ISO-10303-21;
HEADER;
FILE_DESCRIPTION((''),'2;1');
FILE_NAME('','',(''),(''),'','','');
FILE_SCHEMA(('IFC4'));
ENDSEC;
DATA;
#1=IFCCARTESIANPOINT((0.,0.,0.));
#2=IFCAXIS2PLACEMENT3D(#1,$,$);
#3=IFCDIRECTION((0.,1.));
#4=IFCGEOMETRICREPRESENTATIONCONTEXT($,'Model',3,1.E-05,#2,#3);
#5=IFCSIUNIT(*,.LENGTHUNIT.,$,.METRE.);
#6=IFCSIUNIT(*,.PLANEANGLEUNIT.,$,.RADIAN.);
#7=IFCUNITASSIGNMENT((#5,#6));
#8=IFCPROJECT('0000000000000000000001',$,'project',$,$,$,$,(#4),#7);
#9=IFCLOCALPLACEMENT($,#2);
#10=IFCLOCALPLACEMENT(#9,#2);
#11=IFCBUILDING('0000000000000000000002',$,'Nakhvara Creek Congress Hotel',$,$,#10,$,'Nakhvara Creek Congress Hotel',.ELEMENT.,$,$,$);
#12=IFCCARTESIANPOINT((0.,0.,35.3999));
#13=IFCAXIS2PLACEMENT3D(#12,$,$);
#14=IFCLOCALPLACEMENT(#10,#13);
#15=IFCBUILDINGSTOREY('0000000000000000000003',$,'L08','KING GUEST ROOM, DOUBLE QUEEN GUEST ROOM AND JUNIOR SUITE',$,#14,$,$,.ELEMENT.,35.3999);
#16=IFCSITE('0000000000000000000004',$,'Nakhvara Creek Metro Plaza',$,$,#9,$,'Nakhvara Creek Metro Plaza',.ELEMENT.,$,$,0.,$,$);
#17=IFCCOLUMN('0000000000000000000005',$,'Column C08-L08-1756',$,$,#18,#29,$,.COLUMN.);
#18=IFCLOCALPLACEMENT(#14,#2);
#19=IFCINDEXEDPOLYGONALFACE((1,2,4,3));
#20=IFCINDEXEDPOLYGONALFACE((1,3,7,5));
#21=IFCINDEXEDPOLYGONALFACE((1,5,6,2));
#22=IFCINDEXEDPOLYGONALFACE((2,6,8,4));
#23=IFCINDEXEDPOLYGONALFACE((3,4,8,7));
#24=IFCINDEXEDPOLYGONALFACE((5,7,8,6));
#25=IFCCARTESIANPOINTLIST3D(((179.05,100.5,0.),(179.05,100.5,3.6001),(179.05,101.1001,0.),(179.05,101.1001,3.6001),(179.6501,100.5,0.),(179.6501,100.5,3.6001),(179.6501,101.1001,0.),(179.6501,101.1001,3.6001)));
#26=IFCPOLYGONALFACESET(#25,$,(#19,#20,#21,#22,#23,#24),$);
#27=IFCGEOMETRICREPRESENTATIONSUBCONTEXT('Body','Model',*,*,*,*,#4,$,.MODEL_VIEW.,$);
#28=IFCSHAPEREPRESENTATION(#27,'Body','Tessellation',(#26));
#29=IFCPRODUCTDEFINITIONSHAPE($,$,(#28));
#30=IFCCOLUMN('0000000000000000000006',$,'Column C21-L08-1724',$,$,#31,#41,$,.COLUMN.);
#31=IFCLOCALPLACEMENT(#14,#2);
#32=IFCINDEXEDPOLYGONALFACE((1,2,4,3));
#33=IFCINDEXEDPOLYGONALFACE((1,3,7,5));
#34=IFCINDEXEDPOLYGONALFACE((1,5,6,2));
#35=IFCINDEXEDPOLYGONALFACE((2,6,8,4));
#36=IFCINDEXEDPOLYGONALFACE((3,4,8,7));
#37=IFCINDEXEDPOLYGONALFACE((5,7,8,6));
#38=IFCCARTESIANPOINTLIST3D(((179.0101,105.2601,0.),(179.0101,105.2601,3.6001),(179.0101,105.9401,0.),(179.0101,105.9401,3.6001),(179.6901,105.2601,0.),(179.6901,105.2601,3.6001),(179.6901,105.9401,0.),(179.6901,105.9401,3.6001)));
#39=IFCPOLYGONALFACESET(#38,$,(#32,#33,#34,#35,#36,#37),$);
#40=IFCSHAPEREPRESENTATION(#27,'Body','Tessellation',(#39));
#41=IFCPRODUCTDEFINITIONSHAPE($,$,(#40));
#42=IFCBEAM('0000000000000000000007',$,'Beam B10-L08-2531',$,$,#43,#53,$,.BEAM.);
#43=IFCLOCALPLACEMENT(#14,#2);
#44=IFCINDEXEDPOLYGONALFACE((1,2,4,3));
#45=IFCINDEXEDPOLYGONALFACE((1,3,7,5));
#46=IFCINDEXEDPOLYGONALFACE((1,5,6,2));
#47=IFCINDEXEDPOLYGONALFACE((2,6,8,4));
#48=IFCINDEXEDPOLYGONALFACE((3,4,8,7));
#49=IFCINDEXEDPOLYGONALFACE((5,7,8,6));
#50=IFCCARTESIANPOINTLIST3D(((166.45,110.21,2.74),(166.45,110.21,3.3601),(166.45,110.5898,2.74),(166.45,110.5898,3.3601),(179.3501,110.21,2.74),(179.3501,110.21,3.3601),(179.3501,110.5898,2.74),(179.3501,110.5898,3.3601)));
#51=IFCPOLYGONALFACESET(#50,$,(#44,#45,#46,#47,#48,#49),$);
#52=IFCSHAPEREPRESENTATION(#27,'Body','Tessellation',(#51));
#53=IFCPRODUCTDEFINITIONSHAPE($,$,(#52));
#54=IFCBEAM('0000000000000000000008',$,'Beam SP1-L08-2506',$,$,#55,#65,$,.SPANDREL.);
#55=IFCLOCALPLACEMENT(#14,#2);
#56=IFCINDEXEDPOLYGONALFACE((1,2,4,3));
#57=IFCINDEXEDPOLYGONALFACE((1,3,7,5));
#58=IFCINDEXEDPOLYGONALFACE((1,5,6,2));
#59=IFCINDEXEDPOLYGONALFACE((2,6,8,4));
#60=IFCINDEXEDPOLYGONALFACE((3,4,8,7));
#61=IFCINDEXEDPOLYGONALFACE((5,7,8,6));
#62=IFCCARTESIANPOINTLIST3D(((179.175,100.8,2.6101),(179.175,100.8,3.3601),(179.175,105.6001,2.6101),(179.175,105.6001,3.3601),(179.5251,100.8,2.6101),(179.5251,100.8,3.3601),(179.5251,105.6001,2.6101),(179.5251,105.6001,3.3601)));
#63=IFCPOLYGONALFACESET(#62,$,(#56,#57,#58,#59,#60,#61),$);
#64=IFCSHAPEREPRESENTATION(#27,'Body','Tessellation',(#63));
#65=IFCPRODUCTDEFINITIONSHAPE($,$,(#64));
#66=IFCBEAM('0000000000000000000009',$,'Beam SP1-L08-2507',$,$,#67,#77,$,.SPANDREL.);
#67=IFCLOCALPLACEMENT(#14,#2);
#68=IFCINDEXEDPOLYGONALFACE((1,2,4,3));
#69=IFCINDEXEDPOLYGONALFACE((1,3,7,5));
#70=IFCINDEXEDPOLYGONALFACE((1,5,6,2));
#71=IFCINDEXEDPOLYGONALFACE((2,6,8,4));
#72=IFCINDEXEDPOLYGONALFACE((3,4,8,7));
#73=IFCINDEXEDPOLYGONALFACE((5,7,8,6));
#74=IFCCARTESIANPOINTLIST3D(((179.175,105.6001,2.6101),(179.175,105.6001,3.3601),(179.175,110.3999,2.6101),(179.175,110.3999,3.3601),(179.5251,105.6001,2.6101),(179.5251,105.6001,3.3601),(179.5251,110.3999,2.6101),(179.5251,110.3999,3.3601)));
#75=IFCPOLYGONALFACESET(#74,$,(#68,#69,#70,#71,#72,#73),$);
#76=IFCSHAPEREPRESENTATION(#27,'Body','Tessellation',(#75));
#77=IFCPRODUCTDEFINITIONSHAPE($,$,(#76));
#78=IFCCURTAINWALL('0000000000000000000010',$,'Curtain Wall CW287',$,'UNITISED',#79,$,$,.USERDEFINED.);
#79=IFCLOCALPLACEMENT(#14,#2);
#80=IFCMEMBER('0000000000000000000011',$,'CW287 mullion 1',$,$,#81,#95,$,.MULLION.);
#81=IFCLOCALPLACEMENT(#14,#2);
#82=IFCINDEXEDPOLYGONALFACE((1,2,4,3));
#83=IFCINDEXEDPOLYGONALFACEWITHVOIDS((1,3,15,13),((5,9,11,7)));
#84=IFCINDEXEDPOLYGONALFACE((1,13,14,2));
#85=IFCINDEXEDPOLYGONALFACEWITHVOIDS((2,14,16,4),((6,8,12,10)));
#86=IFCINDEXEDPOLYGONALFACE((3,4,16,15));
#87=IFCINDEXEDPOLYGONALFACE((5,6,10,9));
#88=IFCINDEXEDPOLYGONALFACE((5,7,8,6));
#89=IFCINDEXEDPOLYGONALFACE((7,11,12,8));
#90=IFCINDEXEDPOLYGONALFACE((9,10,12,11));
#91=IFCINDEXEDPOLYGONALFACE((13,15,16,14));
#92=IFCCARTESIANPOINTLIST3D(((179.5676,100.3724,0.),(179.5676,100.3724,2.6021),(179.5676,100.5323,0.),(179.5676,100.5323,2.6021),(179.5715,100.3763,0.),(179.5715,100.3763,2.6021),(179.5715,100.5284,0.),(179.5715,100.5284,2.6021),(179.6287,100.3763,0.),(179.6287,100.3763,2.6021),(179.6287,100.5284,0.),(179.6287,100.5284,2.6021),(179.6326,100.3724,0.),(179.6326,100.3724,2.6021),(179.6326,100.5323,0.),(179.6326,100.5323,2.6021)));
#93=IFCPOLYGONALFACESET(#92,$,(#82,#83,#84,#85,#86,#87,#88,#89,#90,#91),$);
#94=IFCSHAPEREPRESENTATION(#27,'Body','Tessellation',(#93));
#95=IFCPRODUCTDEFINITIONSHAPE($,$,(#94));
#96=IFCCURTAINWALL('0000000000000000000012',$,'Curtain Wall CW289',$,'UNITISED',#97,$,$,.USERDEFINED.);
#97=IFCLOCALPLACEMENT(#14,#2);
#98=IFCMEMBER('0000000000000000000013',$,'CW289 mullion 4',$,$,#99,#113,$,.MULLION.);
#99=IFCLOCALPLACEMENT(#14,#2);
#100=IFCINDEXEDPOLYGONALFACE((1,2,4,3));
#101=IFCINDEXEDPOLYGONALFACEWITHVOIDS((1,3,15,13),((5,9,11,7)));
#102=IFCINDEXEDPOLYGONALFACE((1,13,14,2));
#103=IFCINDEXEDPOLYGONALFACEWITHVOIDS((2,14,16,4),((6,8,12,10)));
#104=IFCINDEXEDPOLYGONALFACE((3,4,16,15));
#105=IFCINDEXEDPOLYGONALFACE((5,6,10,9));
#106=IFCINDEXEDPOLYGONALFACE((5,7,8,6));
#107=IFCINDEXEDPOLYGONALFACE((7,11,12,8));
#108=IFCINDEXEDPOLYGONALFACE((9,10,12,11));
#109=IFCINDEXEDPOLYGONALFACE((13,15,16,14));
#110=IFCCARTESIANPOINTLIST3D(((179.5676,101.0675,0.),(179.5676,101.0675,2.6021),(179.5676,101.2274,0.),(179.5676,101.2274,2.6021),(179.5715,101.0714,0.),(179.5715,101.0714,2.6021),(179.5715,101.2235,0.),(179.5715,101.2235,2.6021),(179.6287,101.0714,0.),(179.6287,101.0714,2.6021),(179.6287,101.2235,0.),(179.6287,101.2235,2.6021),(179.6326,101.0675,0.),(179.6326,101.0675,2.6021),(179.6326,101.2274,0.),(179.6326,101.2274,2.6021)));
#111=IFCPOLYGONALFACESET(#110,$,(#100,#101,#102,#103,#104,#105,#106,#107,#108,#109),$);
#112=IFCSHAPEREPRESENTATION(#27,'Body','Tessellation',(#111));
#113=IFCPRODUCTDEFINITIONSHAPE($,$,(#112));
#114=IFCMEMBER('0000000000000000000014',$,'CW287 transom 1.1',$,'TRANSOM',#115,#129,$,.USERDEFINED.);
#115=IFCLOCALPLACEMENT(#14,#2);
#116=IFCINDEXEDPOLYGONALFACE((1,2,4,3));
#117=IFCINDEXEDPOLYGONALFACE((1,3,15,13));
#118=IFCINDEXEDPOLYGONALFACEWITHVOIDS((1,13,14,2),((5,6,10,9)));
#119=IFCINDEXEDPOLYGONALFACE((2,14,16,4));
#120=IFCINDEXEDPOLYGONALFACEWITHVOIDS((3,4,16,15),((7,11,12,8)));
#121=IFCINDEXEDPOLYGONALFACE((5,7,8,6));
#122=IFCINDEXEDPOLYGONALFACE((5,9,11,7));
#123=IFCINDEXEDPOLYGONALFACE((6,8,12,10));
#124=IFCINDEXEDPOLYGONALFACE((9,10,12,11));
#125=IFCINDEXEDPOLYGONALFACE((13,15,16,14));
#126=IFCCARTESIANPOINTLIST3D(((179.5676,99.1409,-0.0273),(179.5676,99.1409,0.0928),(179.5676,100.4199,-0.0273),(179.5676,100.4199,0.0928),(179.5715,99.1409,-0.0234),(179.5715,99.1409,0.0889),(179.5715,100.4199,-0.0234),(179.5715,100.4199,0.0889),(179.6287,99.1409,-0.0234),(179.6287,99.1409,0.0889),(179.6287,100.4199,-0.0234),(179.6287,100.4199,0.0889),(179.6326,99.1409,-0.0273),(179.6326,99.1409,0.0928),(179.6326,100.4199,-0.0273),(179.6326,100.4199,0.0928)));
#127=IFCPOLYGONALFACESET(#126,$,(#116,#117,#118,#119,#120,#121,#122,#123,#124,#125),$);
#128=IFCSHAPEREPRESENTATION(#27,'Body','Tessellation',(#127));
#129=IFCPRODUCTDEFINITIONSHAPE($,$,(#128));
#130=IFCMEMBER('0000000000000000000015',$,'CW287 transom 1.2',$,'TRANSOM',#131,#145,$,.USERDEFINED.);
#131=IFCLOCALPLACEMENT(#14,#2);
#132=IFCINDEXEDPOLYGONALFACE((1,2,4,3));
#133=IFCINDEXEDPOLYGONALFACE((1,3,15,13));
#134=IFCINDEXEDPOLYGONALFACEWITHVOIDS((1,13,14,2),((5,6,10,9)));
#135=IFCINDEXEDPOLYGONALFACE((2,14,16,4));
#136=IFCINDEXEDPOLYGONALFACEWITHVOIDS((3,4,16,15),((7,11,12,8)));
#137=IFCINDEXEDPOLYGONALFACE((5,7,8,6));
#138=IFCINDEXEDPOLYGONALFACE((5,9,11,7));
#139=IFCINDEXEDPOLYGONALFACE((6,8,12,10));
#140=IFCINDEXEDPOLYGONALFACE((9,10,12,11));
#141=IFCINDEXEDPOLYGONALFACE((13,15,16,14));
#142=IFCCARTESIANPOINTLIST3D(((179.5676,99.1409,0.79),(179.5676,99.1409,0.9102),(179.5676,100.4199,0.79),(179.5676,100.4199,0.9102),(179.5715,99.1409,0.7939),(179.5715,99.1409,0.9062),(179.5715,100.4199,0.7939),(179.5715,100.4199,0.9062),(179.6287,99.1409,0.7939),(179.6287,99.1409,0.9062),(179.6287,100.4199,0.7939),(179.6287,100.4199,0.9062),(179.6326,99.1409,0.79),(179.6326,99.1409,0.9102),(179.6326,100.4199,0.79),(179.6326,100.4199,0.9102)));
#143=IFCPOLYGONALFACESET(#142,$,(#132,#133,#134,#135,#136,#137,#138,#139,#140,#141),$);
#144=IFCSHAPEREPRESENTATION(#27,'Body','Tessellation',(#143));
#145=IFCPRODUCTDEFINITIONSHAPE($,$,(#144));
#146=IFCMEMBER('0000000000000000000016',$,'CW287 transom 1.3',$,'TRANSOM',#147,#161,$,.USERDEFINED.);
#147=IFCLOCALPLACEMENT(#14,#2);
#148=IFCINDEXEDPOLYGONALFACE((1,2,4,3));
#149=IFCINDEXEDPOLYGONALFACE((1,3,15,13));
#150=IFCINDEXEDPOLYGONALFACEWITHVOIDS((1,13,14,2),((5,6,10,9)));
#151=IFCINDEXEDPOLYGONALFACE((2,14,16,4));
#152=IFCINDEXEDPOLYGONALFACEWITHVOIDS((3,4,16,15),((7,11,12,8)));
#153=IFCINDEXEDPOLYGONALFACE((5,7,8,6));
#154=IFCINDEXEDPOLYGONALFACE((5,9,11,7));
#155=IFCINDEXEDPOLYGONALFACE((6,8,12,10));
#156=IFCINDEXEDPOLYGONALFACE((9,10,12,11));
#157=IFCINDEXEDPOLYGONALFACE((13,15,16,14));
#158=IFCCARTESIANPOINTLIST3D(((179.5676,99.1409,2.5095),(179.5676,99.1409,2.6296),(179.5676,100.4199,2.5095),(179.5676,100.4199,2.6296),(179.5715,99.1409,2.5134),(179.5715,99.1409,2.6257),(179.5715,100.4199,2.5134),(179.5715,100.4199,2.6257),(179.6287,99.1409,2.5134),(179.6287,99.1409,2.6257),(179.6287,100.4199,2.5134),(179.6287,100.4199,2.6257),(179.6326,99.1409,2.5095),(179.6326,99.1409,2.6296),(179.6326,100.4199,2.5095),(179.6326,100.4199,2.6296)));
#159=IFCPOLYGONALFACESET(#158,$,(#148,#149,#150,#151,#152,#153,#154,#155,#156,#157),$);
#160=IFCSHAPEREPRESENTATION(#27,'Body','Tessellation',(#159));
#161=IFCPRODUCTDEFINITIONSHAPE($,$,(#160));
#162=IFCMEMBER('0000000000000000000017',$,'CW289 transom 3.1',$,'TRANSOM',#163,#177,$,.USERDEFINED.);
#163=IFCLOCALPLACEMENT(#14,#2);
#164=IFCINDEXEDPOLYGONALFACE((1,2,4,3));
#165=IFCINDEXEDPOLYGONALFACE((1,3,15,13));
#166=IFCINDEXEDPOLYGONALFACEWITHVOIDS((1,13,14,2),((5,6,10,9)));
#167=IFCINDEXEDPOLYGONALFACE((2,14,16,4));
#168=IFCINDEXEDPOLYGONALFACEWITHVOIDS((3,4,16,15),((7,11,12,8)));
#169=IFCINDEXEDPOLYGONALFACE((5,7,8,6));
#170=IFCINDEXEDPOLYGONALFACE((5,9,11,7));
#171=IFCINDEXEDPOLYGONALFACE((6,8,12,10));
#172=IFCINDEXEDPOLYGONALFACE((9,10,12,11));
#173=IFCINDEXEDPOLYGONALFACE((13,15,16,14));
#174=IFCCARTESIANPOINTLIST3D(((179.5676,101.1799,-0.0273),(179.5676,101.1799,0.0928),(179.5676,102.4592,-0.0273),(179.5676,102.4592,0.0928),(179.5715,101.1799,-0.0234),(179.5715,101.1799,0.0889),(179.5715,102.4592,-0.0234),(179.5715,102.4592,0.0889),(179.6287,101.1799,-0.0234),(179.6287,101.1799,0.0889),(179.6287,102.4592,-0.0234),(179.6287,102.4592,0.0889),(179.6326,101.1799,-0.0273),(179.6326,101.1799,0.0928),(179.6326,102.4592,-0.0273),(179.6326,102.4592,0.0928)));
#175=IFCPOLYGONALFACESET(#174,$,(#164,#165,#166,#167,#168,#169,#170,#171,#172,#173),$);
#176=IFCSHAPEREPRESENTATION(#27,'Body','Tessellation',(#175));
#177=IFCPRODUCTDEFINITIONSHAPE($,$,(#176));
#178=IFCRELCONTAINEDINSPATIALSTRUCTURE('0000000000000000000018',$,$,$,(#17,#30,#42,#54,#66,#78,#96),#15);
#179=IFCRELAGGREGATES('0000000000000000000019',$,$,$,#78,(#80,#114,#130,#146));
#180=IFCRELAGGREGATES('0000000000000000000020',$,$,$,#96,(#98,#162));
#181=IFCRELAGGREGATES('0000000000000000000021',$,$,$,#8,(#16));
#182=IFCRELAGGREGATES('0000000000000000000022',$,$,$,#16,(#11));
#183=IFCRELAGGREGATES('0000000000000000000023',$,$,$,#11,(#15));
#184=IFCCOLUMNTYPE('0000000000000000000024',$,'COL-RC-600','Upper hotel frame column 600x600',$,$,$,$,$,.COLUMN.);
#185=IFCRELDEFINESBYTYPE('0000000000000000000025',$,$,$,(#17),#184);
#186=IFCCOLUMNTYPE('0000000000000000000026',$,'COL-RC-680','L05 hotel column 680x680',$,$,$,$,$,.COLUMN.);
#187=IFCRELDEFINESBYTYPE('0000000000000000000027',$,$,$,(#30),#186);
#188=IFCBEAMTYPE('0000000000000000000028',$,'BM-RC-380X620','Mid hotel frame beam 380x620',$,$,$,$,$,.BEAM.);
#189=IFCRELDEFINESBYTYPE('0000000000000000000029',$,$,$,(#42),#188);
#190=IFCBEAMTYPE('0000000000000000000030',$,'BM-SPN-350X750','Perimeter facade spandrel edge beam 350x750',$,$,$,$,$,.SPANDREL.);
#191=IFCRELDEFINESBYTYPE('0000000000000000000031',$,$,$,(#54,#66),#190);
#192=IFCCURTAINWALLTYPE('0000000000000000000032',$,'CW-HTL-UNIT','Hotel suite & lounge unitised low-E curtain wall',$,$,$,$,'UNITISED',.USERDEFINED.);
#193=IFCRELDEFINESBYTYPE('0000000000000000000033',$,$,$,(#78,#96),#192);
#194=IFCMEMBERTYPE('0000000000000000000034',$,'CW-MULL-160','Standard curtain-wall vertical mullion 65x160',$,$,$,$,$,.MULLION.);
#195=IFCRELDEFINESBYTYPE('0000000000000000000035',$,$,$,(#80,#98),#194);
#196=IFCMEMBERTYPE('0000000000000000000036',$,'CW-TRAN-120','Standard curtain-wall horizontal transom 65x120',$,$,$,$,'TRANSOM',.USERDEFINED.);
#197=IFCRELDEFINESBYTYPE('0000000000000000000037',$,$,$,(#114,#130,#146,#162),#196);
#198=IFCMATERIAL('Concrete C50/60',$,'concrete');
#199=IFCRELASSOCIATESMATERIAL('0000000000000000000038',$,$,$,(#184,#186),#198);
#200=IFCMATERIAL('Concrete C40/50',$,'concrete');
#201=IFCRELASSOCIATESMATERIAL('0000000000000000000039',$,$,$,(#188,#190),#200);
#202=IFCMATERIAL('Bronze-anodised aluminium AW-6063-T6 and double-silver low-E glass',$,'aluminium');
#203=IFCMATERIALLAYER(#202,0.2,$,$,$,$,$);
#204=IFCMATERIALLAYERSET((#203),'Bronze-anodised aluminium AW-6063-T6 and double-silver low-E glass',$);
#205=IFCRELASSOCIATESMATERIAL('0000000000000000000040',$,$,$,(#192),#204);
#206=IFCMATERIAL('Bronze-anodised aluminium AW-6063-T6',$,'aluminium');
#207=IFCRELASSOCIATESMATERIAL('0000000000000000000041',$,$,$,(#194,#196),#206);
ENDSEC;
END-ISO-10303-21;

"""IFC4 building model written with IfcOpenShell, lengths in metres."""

from ifc_helpers import new_model, si_unit, direction, frame, origin, origin_2d, place, context, subcontext, project, spatial, rectangle, hollow_rectangle, extrude, material, layer, layer_set, material_profile, profile_set, type_object, element, aggregate, save


model = new_model("IFC4")

# Units and contexts
model_context = context("Model", 3, precision=1e-05, world=origin(), true_north=direction((0.0, 1.0)))
body_context = subcontext(model_context, "Body", "Model", "MODEL_VIEW")
ifc_project = project(units=[si_unit("LENGTHUNIT", "METRE"), si_unit("PLANEANGLEUNIT", "RADIAN")], contexts=[model_context])

# Site, building, storey
site_placement = place(None, origin())
site = spatial("IfcSite", under=ifc_project, at=site_placement, Name="Nakhvara Creek Metro Plaza", LongName="Nakhvara Creek Metro Plaza", CompositionType="ELEMENT", RefElevation=0.0)
building_placement = place(site_placement, origin())
building = spatial("IfcBuilding", under=site, at=building_placement, Name="Nakhvara Creek Congress Hotel", LongName="Nakhvara Creek Congress Hotel", CompositionType="ELEMENT")
storey_placement = place(building_placement, frame((0.0, 0.0, 35.3999)))
storey = spatial("IfcBuildingStorey", under=building, at=storey_placement, Name="L08", Description="KING GUEST ROOM, DOUBLE QUEEN GUEST ROOM AND JUNIOR SUITE", CompositionType="ELEMENT", Elevation=35.3999)

# Columns
ifc_material_1 = material(Name="Concrete C50/60", Category="concrete")
ifc_material_profile_1 = material_profile(ifc_material_1, rectangle(XDim=0.6001, YDim=0.6001, at=origin_2d()), Name="RC-COL 600x600", Category="LoadBearing")
ifc_profile_set_1 = profile_set([ifc_material_profile_1], Name="Concrete C50/60")
column_type_1 = type_object("IfcColumnType", Name="COL-RC-600", Description="Upper hotel frame column 600x600", PredefinedType="COLUMN", material=ifc_profile_set_1)
column_1_placement = place(storey_placement, frame((179.3501, 100.8, 0.0), z_axis=(0.0, 0.0, 1.0), x_axis=(1.0, 0.0, 0.0)))
element("IfcColumn", 1, at=column_1_placement, inside=storey, type_object=column_type_1, Name="Column C08-L08-1756", PredefinedType="COLUMN", context=body_context, shape_type="SweptSolid", body=[
    extrude(rectangle(XDim=0.6001, YDim=0.6001, at=origin_2d()), origin(), (0.0, 0.0, 1.0), 3.6001),
])
ifc_material_profile_2 = material_profile(ifc_material_1, rectangle(XDim=0.6799, YDim=0.6799, at=origin_2d()), Name="RC-COL 680x680", Category="LoadBearing")
ifc_profile_set_2 = profile_set([ifc_material_profile_2], Name="Concrete C50/60")
column_type_2 = type_object("IfcColumnType", Name="COL-RC-680", Description="L05 hotel column 680x680", PredefinedType="COLUMN", material=ifc_profile_set_2)
column_2_placement = place(storey_placement, frame((179.3501, 105.6001, 0.0), z_axis=(0.0, 0.0, 1.0), x_axis=(1.0, 0.0, 0.0)))
element("IfcColumn", 2, at=column_2_placement, inside=storey, type_object=column_type_2, Name="Column C21-L08-1724", PredefinedType="COLUMN", context=body_context, shape_type="SweptSolid", body=[
    extrude(rectangle(XDim=0.6799, YDim=0.6799, at=origin_2d()), origin(), (0.0, 0.0, 1.0), 3.6001),
])

# Beams
ifc_material_2 = material(Name="Concrete C40/50", Category="concrete")
ifc_material_profile_3 = material_profile(ifc_material_2, rectangle(XDim=0.3799, YDim=0.6201, at=origin_2d()), Name="RC-BM 380x620", Category="LoadBearing")
ifc_profile_set_3 = profile_set([ifc_material_profile_3], Name="Concrete C40/50")
beam_type_1 = type_object("IfcBeamType", Name="BM-RC-380X620", Description="Mid hotel frame beam 380x620", PredefinedType="BEAM", material=ifc_profile_set_3)
beam_1_placement = place(storey_placement, frame((166.45, 110.3999, 3.05), z_axis=(1.0, 0.0, 0.0), x_axis=(0.0, 1.0, 0.0)))
element("IfcBeam", 3, at=beam_1_placement, inside=storey, type_object=beam_type_1, Name="Beam B10-L08-2531", PredefinedType="BEAM", context=body_context, shape_type="SweptSolid", body=[
    extrude(rectangle(XDim=0.3799, YDim=0.6201, at=origin_2d()), origin(), (0.0, 0.0, 1.0), 12.9001),
])
ifc_material_profile_4 = material_profile(ifc_material_2, rectangle(XDim=0.3501, YDim=0.75, at=origin_2d()), Name="RC-SPANDREL 350x750", Category="LoadBearing")
ifc_profile_set_4 = profile_set([ifc_material_profile_4], Name="Concrete C40/50")
beam_type_2 = type_object("IfcBeamType", Name="BM-SPN-350X750", Description="Perimeter facade spandrel edge beam 350x750", PredefinedType="SPANDREL", material=ifc_profile_set_4)
beam_2_placement = place(storey_placement, frame((179.3501, 100.8, 2.9851), z_axis=(0.0, 1.0, 0.0), x_axis=(-1.0, 0.0, 0.0)))
element("IfcBeam", 4, at=beam_2_placement, inside=storey, type_object=beam_type_2, Name="Beam SP1-L08-2506", PredefinedType="SPANDREL", context=body_context, shape_type="SweptSolid", body=[
    extrude(rectangle(XDim=0.3501, YDim=0.75, at=origin_2d()), origin(), (0.0, 0.0, 1.0), 4.8),
])
beam_3_placement = place(storey_placement, frame((179.3501, 105.6001, 2.9851), z_axis=(0.0, 1.0, 0.0), x_axis=(-1.0, 0.0, 0.0)))
element("IfcBeam", 5, at=beam_3_placement, inside=storey, type_object=beam_type_2, Name="Beam SP1-L08-2507", PredefinedType="SPANDREL", context=body_context, shape_type="SweptSolid", body=[
    extrude(rectangle(XDim=0.3501, YDim=0.75, at=origin_2d()), origin(), (0.0, 0.0, 1.0), 4.7998),
])

# Curtain walls, members
ifc_material_3 = material(Name="Bronze-anodised aluminium AW-6063-T6 and double-silver low-E glass", Category="aluminium")
ifc_layer_1 = layer(ifc_material_3, 0.2)
ifc_layer_set_1 = layer_set([ifc_layer_1], Name="Bronze-anodised aluminium AW-6063-T6 and double-silver low-E glass")
curtain_wall_type = type_object("IfcCurtainWallType", Name="CW-HTL-UNIT", Description="Hotel suite & lounge unitised low-E curtain wall", ElementType="UNITISED", PredefinedType="USERDEFINED", material=ifc_layer_set_1)
curtain_wall_1_placement = place(storey_placement, origin())
curtain_wall_1 = element("IfcCurtainWall", 6, at=curtain_wall_1_placement, inside=storey, type_object=curtain_wall_type, Name="Curtain Wall CW287", ObjectType="UNITISED", PredefinedType="USERDEFINED")
ifc_material_4 = material(Name="Bronze-anodised aluminium AW-6063-T6", Category="aluminium")
ifc_material_profile_5 = material_profile(ifc_material_4, hollow_rectangle(XDim=0.0649, YDim=0.1599, WallThickness=0.0039, at=origin_2d()), Name="ALU-MULL 65x160x4", Category="LoadBearing")
ifc_profile_set_5 = profile_set([ifc_material_profile_5], Name="Bronze-anodised aluminium AW-6063-T6")
member_type_1 = type_object("IfcMemberType", Name="CW-MULL-160", Description="Standard curtain-wall vertical mullion 65x160", PredefinedType="MULLION", material=ifc_profile_set_5)
member_1_placement = place(storey_placement, frame((179.6001, 100.4524, 0.0), z_axis=(0.0, 0.0, 1.0), x_axis=(1.0, 0.0, 0.0)))
member_1 = element("IfcMember", 7, at=member_1_placement, type_object=member_type_1, Name="CW287 mullion 1", PredefinedType="MULLION", context=body_context, shape_type="SweptSolid", body=[
    extrude(hollow_rectangle(XDim=0.0649, YDim=0.1599, WallThickness=0.0039, at=origin_2d()), origin(), (0.0, 0.0, 1.0), 2.6021),
])
curtain_wall_2_placement = place(storey_placement, origin())
curtain_wall_2 = element("IfcCurtainWall", 8, at=curtain_wall_2_placement, inside=storey, type_object=curtain_wall_type, Name="Curtain Wall CW289", ObjectType="UNITISED", PredefinedType="USERDEFINED")
member_2_placement = place(storey_placement, frame((179.6001, 101.1475, 0.0), z_axis=(0.0, 0.0, 1.0), x_axis=(1.0, 0.0, 0.0)))
member_2 = element("IfcMember", 9, at=member_2_placement, type_object=member_type_1, Name="CW289 mullion 4", PredefinedType="MULLION", context=body_context, shape_type="SweptSolid", body=[
    extrude(hollow_rectangle(XDim=0.0649, YDim=0.1599, WallThickness=0.0039, at=origin_2d()), origin(), (0.0, 0.0, 1.0), 2.6021),
])

# Members
ifc_material_profile_6 = material_profile(ifc_material_4, hollow_rectangle(XDim=0.0649, YDim=0.1201, WallThickness=0.0039, at=origin_2d()), Name="ALU-TRAN 65x120x4", Category="LoadBearing")
ifc_profile_set_6 = profile_set([ifc_material_profile_6], Name="Bronze-anodised aluminium AW-6063-T6")
member_type_2 = type_object("IfcMemberType", Name="CW-TRAN-120", Description="Standard curtain-wall horizontal transom 65x120", ElementType="TRANSOM", PredefinedType="USERDEFINED", material=ifc_profile_set_6)
member_3_placement = place(storey_placement, frame((179.6001, 100.4199, 0.0327), z_axis=(0.0, -1.0, 0.0), x_axis=(1.0, 0.0, 0.0)))
member_3 = element("IfcMember", 10, at=member_3_placement, type_object=member_type_2, Name="CW287 transom 1.1", ObjectType="TRANSOM", PredefinedType="USERDEFINED", context=body_context, shape_type="SweptSolid", body=[
    extrude(hollow_rectangle(XDim=0.0649, YDim=0.1201, WallThickness=0.0039, at=origin_2d()), origin(), (0.0, 0.0, 1.0), 1.2791),
])
member_4_placement = place(storey_placement, frame((179.6001, 100.4199, 0.8501), z_axis=(0.0, -1.0, 0.0), x_axis=(1.0, 0.0, 0.0)))
member_4 = element("IfcMember", 11, at=member_4_placement, type_object=member_type_2, Name="CW287 transom 1.2", ObjectType="TRANSOM", PredefinedType="USERDEFINED", context=body_context, shape_type="SweptSolid", body=[
    extrude(hollow_rectangle(XDim=0.0649, YDim=0.1201, WallThickness=0.0039, at=origin_2d()), origin(), (0.0, 0.0, 1.0), 1.2791),
])
member_5_placement = place(storey_placement, frame((179.6001, 100.4199, 2.5696), z_axis=(0.0, -1.0, 0.0), x_axis=(1.0, 0.0, 0.0)))
member_5 = element("IfcMember", 12, at=member_5_placement, type_object=member_type_2, Name="CW287 transom 1.3", ObjectType="TRANSOM", PredefinedType="USERDEFINED", context=body_context, shape_type="SweptSolid", body=[
    extrude(hollow_rectangle(XDim=0.0649, YDim=0.1201, WallThickness=0.0039, at=origin_2d()), origin(), (0.0, 0.0, 1.0), 1.2791),
])
member_6_placement = place(storey_placement, frame((179.6001, 102.4592, 0.0327), z_axis=(0.0, -1.0, 0.0), x_axis=(1.0, 0.0, 0.0)))
member_6 = element("IfcMember", 13, at=member_6_placement, type_object=member_type_2, Name="CW289 transom 3.1", ObjectType="TRANSOM", PredefinedType="USERDEFINED", context=body_context, shape_type="SweptSolid", body=[
    extrude(hollow_rectangle(XDim=0.0649, YDim=0.1201, WallThickness=0.0039, at=origin_2d()), origin(), (0.0, 0.0, 1.0), 1.2793),
])

aggregate(curtain_wall_1, [member_1, member_3, member_4, member_5])
aggregate(curtain_wall_2, [member_2, member_6])

save(model, "model.ifc")
